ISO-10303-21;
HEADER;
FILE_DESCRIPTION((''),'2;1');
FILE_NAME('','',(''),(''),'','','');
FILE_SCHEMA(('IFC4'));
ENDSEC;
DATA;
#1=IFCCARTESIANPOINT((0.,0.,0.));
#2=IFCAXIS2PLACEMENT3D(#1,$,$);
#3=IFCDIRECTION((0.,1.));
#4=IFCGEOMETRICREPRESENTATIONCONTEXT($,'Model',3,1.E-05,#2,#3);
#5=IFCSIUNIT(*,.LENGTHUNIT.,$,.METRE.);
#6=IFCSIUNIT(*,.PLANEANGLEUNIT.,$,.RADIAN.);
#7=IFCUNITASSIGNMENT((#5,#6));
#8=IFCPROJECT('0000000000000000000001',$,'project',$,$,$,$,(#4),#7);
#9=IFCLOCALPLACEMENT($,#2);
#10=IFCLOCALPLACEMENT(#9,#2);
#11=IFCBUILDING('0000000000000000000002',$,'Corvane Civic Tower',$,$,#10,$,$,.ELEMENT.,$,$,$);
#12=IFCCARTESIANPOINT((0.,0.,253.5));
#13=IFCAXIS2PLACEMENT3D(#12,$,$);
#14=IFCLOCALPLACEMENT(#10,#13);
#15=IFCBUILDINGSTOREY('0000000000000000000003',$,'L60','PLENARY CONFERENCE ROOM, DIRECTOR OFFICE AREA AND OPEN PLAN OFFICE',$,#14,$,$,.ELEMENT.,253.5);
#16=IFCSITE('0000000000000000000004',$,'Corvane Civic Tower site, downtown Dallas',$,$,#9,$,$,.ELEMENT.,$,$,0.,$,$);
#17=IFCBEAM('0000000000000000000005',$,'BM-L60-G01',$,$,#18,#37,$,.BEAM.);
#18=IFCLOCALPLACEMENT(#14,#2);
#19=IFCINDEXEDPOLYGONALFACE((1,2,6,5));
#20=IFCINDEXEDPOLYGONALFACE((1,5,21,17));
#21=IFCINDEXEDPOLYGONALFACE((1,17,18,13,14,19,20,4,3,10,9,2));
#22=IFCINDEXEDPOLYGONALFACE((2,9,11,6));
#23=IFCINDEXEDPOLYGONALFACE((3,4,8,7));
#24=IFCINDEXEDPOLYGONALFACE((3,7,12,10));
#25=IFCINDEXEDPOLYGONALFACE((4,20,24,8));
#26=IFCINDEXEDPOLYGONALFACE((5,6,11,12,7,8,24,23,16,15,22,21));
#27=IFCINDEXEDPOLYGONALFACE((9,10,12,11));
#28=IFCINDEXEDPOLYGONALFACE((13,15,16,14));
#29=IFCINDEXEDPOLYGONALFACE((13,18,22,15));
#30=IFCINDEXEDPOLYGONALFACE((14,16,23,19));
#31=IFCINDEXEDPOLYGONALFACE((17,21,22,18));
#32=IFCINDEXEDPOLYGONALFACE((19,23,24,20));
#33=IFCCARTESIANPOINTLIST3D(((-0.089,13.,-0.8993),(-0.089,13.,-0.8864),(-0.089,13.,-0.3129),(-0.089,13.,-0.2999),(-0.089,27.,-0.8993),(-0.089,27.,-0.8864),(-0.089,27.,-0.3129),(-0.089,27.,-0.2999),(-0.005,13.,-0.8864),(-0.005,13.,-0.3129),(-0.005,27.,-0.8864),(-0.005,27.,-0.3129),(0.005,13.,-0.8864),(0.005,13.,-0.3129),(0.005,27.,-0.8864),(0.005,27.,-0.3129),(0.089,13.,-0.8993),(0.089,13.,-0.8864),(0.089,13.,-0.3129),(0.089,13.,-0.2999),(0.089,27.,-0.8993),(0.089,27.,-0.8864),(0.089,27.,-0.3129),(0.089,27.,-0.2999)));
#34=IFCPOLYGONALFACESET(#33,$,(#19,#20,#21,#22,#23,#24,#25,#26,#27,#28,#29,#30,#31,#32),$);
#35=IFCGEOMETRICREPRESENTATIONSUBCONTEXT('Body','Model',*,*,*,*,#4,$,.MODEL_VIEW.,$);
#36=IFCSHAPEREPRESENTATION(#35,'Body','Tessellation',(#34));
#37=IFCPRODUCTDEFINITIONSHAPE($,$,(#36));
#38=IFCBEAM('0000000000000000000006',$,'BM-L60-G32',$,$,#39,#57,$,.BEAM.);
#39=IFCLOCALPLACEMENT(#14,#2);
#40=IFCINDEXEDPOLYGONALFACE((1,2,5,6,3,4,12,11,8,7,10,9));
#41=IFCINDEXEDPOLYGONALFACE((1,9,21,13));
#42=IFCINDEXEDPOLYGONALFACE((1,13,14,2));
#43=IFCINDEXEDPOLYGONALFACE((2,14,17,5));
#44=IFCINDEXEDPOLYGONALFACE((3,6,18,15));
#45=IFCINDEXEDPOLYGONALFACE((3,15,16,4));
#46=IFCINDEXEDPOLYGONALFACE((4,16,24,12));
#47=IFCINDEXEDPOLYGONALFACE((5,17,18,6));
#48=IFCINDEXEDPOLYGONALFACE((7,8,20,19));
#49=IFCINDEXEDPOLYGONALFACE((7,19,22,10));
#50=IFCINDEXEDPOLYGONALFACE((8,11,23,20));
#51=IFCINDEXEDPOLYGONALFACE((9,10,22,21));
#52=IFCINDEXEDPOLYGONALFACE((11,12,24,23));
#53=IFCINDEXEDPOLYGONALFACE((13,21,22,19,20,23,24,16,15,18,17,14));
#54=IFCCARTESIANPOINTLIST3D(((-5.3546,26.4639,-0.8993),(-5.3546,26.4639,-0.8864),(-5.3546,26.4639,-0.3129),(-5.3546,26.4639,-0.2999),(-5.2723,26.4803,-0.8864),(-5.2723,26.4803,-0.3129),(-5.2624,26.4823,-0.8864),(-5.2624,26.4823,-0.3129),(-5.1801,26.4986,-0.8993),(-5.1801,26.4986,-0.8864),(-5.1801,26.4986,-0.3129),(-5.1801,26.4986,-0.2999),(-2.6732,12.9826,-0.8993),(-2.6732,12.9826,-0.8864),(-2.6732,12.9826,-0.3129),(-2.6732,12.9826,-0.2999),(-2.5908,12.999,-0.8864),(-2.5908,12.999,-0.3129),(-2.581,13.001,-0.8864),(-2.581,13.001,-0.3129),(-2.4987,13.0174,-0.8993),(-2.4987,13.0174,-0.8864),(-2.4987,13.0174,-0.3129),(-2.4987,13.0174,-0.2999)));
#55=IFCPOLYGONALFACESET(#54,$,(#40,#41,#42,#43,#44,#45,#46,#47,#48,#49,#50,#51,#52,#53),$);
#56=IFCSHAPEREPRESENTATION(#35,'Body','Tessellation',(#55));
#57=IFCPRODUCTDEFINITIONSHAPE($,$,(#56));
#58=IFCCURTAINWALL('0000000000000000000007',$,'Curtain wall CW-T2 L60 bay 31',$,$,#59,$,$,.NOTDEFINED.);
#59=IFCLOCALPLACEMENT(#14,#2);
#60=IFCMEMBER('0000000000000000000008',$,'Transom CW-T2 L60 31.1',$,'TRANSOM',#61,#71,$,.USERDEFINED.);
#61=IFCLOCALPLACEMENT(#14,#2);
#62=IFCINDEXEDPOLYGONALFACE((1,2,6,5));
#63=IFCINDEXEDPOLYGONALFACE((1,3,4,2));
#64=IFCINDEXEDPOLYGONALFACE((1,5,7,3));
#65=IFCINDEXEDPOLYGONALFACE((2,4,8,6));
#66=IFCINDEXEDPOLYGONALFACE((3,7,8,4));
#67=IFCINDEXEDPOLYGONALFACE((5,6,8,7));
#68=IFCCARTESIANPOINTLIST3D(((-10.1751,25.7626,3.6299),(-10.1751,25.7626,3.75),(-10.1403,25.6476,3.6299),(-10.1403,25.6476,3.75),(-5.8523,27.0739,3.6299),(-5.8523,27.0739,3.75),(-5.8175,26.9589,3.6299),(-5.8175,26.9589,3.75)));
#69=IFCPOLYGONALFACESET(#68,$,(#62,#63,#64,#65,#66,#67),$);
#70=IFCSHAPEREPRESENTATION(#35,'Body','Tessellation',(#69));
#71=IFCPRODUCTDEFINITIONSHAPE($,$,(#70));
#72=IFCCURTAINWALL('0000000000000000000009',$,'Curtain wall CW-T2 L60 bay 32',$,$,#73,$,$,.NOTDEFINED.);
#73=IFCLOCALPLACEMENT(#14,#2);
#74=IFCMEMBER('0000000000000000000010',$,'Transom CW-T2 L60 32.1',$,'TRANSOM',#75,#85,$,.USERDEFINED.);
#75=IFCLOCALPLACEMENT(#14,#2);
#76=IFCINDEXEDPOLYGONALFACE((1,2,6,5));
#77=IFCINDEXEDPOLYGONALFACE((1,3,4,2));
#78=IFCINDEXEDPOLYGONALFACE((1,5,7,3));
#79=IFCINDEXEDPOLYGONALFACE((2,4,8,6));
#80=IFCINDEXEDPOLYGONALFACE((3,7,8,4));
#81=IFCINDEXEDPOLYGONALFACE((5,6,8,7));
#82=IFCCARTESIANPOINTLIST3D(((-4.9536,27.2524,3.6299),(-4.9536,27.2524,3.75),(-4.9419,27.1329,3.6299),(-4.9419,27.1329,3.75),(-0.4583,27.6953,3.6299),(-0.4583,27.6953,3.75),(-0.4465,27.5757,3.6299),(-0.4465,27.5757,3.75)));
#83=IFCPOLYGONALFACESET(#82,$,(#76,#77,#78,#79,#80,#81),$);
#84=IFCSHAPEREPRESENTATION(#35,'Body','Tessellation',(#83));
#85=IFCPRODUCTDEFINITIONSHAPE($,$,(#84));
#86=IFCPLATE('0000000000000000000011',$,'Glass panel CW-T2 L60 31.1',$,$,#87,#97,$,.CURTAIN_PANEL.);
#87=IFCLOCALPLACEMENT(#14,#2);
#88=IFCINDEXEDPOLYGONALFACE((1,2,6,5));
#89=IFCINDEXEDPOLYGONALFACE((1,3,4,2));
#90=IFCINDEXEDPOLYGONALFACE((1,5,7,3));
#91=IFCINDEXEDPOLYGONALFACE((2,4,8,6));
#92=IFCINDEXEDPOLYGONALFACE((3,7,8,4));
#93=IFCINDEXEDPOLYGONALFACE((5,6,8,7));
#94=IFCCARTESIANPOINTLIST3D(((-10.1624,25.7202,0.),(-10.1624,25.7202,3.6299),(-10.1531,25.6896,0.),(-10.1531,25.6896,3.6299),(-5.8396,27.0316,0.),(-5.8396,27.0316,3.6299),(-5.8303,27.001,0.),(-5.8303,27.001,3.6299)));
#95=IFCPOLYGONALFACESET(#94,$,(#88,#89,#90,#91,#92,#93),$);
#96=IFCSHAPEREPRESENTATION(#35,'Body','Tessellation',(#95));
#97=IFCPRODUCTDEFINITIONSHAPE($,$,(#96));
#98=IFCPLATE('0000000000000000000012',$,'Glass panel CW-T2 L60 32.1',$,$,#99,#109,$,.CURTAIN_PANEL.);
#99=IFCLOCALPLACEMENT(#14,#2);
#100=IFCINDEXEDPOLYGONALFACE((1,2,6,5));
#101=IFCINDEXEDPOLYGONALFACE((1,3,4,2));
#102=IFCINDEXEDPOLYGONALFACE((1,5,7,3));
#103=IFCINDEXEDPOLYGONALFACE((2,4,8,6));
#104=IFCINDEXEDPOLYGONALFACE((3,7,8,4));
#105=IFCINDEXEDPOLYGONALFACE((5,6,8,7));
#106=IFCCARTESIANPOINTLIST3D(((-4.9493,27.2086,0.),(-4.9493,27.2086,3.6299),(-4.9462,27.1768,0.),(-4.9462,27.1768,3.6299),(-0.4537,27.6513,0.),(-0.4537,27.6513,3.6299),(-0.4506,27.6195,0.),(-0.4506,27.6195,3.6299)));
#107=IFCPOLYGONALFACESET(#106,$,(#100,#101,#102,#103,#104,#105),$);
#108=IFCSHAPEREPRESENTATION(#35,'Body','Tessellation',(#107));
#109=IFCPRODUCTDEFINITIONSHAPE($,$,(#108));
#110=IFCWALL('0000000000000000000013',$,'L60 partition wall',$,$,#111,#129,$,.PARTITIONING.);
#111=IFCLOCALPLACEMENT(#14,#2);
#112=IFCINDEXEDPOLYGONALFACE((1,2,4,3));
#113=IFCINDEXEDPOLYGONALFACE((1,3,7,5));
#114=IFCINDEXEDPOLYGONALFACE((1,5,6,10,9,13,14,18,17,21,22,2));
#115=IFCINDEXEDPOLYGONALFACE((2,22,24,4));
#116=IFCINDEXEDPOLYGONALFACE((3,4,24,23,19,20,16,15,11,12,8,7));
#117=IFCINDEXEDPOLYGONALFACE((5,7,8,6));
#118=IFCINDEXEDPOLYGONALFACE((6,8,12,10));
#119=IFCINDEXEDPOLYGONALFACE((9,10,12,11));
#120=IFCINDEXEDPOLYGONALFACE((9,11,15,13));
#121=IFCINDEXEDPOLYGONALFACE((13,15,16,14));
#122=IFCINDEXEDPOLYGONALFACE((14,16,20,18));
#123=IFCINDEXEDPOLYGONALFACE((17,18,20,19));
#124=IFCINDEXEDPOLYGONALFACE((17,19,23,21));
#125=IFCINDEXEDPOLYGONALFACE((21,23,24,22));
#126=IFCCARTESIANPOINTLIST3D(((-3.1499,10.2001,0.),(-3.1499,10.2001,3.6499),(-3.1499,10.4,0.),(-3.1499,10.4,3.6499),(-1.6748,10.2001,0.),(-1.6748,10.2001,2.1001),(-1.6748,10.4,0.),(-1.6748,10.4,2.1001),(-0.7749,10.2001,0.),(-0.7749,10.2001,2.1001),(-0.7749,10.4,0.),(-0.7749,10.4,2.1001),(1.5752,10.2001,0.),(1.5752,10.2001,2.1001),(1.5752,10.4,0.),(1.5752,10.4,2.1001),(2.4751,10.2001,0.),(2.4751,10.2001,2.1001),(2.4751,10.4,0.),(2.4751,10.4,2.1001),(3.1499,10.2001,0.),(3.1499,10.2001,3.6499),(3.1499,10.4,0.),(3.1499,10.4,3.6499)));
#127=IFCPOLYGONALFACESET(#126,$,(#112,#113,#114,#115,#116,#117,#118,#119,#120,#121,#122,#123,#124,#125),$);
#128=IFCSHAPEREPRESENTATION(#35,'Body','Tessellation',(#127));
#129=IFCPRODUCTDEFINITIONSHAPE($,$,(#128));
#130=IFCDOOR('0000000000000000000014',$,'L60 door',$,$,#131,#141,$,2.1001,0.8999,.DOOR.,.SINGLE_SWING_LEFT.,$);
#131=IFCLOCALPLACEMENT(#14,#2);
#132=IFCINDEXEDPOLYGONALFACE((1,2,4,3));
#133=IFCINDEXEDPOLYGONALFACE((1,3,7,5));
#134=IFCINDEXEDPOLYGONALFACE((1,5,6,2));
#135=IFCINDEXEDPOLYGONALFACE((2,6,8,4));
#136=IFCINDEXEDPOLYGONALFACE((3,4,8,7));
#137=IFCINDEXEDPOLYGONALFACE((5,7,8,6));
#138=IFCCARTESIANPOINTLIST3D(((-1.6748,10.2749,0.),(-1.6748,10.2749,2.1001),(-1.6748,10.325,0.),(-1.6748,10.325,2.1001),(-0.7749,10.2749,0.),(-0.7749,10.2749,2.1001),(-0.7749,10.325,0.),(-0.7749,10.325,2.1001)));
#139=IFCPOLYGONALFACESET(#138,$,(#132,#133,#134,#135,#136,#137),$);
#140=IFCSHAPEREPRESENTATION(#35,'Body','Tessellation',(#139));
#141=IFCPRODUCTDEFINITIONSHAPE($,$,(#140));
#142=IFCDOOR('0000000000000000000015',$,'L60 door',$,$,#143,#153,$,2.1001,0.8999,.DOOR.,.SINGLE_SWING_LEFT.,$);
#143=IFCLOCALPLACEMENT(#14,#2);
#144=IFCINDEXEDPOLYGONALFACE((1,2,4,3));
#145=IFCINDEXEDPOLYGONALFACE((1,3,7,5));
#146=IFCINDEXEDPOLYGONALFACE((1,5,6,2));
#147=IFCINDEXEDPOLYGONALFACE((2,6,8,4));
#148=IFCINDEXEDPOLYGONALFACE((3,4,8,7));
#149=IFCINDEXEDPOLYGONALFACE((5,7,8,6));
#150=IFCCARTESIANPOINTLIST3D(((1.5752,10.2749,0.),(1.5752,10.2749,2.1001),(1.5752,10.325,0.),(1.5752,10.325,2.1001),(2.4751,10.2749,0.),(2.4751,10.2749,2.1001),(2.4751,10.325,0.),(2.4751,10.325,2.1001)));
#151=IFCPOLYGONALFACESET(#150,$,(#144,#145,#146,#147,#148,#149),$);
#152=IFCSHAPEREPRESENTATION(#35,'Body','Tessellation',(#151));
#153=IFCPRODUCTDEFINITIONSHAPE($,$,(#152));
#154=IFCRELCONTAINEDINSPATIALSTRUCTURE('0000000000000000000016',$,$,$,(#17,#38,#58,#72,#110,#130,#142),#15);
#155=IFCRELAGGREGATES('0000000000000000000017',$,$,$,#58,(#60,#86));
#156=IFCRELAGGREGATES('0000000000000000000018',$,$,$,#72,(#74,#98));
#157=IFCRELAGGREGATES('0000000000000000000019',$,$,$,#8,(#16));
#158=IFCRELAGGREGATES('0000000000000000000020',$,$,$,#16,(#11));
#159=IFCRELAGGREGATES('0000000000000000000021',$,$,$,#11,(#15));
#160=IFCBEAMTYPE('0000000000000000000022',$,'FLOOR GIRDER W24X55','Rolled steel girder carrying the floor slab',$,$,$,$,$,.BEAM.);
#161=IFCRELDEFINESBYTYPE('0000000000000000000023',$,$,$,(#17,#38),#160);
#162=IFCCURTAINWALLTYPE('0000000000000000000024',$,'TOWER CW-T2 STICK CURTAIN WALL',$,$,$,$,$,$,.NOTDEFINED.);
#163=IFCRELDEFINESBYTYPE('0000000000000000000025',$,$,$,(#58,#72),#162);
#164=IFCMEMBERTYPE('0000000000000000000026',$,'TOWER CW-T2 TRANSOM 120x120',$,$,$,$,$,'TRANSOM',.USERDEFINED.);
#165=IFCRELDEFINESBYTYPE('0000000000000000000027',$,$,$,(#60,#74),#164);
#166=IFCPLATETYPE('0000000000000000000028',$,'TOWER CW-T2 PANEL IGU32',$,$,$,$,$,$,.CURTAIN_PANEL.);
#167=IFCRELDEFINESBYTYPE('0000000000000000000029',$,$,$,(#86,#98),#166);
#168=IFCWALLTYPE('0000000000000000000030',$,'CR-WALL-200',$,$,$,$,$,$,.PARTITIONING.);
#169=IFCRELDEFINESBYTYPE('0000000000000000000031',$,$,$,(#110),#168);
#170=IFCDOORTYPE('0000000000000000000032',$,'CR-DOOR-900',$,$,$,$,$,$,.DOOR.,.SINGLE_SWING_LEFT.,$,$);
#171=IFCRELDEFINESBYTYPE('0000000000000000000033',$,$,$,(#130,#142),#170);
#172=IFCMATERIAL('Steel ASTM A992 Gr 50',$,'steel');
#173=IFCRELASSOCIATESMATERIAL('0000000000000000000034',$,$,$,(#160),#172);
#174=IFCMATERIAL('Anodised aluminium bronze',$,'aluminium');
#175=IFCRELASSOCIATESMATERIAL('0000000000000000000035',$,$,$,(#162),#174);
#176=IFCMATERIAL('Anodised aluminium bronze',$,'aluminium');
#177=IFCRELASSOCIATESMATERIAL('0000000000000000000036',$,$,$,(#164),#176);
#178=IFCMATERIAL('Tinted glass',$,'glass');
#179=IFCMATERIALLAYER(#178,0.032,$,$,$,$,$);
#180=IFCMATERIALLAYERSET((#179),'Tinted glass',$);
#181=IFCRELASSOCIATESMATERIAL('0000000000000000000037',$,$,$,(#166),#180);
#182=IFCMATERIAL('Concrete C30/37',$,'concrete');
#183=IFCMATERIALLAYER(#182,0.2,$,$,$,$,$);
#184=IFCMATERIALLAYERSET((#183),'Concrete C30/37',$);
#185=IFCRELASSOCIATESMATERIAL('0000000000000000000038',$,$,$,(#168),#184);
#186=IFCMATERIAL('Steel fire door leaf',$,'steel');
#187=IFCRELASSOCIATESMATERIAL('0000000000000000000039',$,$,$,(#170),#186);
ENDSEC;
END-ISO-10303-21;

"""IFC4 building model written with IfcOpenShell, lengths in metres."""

from ifc_helpers import new_model, si_unit, direction, frame, frame_2d, origin, origin_2d, place, context, subcontext, project, spatial, rectangle, i_section, extrude, material, layer, layer_set, material_profile, profile_set, type_object, element, fill, aggregate, save


model = new_model("IFC4")

# Units and contexts
model_context = context("Model", 3, precision=1e-05, world=origin(), true_north=direction((0.0, 1.0)))
body_context = subcontext(model_context, "Body", "Model", "MODEL_VIEW")
ifc_project = project(units=[si_unit("LENGTHUNIT", "METRE"), si_unit("PLANEANGLEUNIT", "RADIAN")], contexts=[model_context])

# Site, building, storey
site_placement = place(None, origin())
site = spatial("IfcSite", under=ifc_project, at=site_placement, Name="Corvane Civic Tower site, downtown Dallas", CompositionType="ELEMENT", RefElevation=0.0)
building_placement = place(site_placement, origin())
building = spatial("IfcBuilding", under=site, at=building_placement, Name="Corvane Civic Tower", CompositionType="ELEMENT")
storey_placement = place(building_placement, frame((0.0, 0.0, 253.5)))
storey = spatial("IfcBuildingStorey", under=building, at=storey_placement, Name="L60", Description="PLENARY CONFERENCE ROOM, DIRECTOR OFFICE AREA AND OPEN PLAN OFFICE", CompositionType="ELEMENT", Elevation=253.5)

# Beams
ifc_material_1 = material(Name="Steel ASTM A992 Gr 50", Category="steel")
ifc_material_profile_1 = material_profile(ifc_material_1, i_section(OverallWidth=0.178, OverallDepth=0.5994, WebThickness=0.01, FlangeThickness=0.0129, at=origin_2d()), Name="W24X55")
ifc_profile_set_1 = profile_set([ifc_material_profile_1], Name="Steel ASTM A992 Gr 50")
beam_type_1 = type_object("IfcBeamType", Name="FLOOR GIRDER W24X55", Description="Rolled steel girder carrying the floor slab", PredefinedType="BEAM", material=ifc_profile_set_1)
beam_1_placement = place(storey_placement, frame((0.0, 13.0, -0.5996), z_axis=(0.0, 1.0, 0.0), x_axis=(-1.0, 0.0, 0.0)))
element("IfcBeam", 1, at=beam_1_placement, inside=storey, type_object=beam_type_1, Name="BM-L60-G01", PredefinedType="BEAM", context=body_context, shape_type="SweptSolid", body=[
    extrude(i_section(OverallWidth=0.178, OverallDepth=0.5994, WebThickness=0.01, FlangeThickness=0.0129, at=origin_2d()), origin(), (0.0, 0.0, 1.0), 14.0),
])
beam_2_placement = place(storey_placement, frame((-2.5859, 13.0, -0.5996), z_axis=(-0.195078, 0.980788, 0.0), x_axis=(-0.980788, -0.195078, 0.0)))
element("IfcBeam", 2, at=beam_2_placement, inside=storey, type_object=beam_type_1, Name="BM-L60-G32", PredefinedType="BEAM", context=body_context, shape_type="SweptSolid", body=[
    extrude(i_section(OverallWidth=0.178, OverallDepth=0.5994, WebThickness=0.01, FlangeThickness=0.0129, at=origin_2d()), origin(), (0.0, 0.0, 1.0), 13.7454),
])

# Curtain walls, members
ifc_material_2 = material(Name="Anodised aluminium bronze", Category="aluminium")
curtain_wall_type = type_object("IfcCurtainWallType", Name="TOWER CW-T2 STICK CURTAIN WALL", PredefinedType="NOTDEFINED", material=ifc_material_2)
curtain_wall_1_placement = place(storey_placement, origin())
curtain_wall_1 = element("IfcCurtainWall", 3, at=curtain_wall_1_placement, inside=storey, type_object=curtain_wall_type, Name="Curtain wall CW-T2 L60 bay 31", PredefinedType="NOTDEFINED")
ifc_material_3 = material(Name="Anodised aluminium bronze", Category="aluminium")
ifc_material_profile_2 = material_profile(ifc_material_3, rectangle(XDim=0.1201, YDim=0.1201, at=origin_2d()), Name="TOWER CW-T2 TRANSOM 120x120")
ifc_profile_set_2 = profile_set([ifc_material_profile_2], Name="Anodised aluminium bronze")
member_type = type_object("IfcMemberType", Name="TOWER CW-T2 TRANSOM 120x120", ElementType="TRANSOM", PredefinedType="USERDEFINED", material=ifc_profile_set_2)
member_1_placement = place(storey_placement, frame((-10.1577, 25.7051, 3.6899), z_axis=(0.956941, 0.290282, 0.0), x_axis=(-0.290282, 0.956941, 0.0)))
member_1 = element("IfcMember", 4, at=member_1_placement, type_object=member_type, Name="Transom CW-T2 L60 31.1", ObjectType="TRANSOM", PredefinedType="USERDEFINED", context=body_context, shape_type="SweptSolid", body=[
    extrude(rectangle(XDim=0.1201, YDim=0.1201, at=origin_2d()), origin(), (0.0, 0.0, 1.0), 4.5173),
])
curtain_wall_2_placement = place(storey_placement, origin())
curtain_wall_2 = element("IfcCurtainWall", 5, at=curtain_wall_2_placement, inside=storey, type_object=curtain_wall_type, Name="Curtain wall CW-T2 L60 bay 32", PredefinedType="NOTDEFINED")
member_2_placement = place(storey_placement, frame((-4.9478, 27.1926, 3.6899), z_axis=(0.995182, 0.098043, 0.0), x_axis=(-0.098043, 0.995182, 0.0)))
member_2 = element("IfcMember", 6, at=member_2_placement, type_object=member_type, Name="Transom CW-T2 L60 32.1", ObjectType="TRANSOM", PredefinedType="USERDEFINED", context=body_context, shape_type="SweptSolid", body=[
    extrude(rectangle(XDim=0.1201, YDim=0.1201, at=origin_2d()), origin(), (0.0, 0.0, 1.0), 4.5171),
])

# Plates
ifc_material_4 = material(Name="Tinted glass", Category="glass")
ifc_layer_1 = layer(ifc_material_4, 0.032)
ifc_layer_set_1 = layer_set([ifc_layer_1], Name="Tinted glass")
plate_type = type_object("IfcPlateType", Name="TOWER CW-T2 PANEL IGU32", PredefinedType="CURTAIN_PANEL", material=ifc_layer_set_1)
plate_1_placement = place(storey_placement, frame((-7.9963, 26.3606, 0.0), z_axis=(0.0, 0.0, 1.0), x_axis=(0.956939, 0.29029, 0.0)))
plate_1 = element("IfcPlate", 7, at=plate_1_placement, type_object=plate_type, Name="Glass panel CW-T2 L60 31.1", PredefinedType="CURTAIN_PANEL", context=body_context, shape_type="SweptSolid", body=[
    extrude(rectangle(XDim=4.5173, YDim=0.032, at=origin_2d()), origin(), (0.0, 0.0, 1.0), 3.6299),
])
aggregate(curtain_wall_1, [member_1, plate_1])
plate_2_placement = place(storey_placement, frame((-2.7, 27.4141, 0.0), z_axis=(0.0, 0.0, 1.0), x_axis=(0.995187, 0.097993, 0.0)))
plate_2 = element("IfcPlate", 8, at=plate_2_placement, type_object=plate_type, Name="Glass panel CW-T2 L60 32.1", PredefinedType="CURTAIN_PANEL", context=body_context, shape_type="SweptSolid", body=[
    extrude(rectangle(XDim=4.5173, YDim=0.032, at=origin_2d()), origin(), (0.0, 0.0, 1.0), 3.6299),
])
aggregate(curtain_wall_2, [member_2, plate_2])

# Wall, openings, doors
ifc_material_5 = material(Name="Concrete C30/37", Category="concrete")
ifc_layer_2 = layer(ifc_material_5, 0.2)
ifc_layer_set_2 = layer_set([ifc_layer_2], Name="Concrete C30/37")
wall_type = type_object("IfcWallType", Name="CR-WALL-200", PredefinedType="PARTITIONING", material=ifc_layer_set_2)
wall_placement = place(storey_placement, frame((-3.1499, 10.3, 0.0), z_axis=(0.0, 0.0, 1.0), x_axis=(1.0, 0.0, 0.0)))
wall = element("IfcWall", 9, at=wall_placement, inside=storey, type_object=wall_type, Name="L60 partition wall", PredefinedType="PARTITIONING", context=body_context, shape_type="SweptSolid", body=[
    extrude(rectangle(XDim=6.2998, YDim=0.2, at=frame_2d((3.1499, 0.0))), origin(), (0.0, 0.0, 1.0), 3.6499),
])
opening_1_placement = place(wall_placement, frame((1.4751, 0.0, 0.0)))
opening_1 = element("IfcOpeningElement", 10, at=opening_1_placement, cuts=wall, PredefinedType="OPENING", context=body_context, shape_type="SweptSolid", body=[
    extrude(rectangle(XDim=0.8999, YDim=2.1001, at=frame_2d((0.45, 1.05))), frame((0.0, 0.1099, 0.0), z_axis=(0.0, -1.0, 0.0), x_axis=(1.0, 0.0, 0.0)), (0.0, 0.0, 1.0), 0.22),
])
opening_2_placement = place(wall_placement, frame((4.7251, 0.0, 0.0)))
opening_2 = element("IfcOpeningElement", 11, at=opening_2_placement, cuts=wall, PredefinedType="OPENING", context=body_context, shape_type="SweptSolid", body=[
    extrude(rectangle(XDim=0.8999, YDim=2.1001, at=frame_2d((0.45, 1.05))), frame((0.0, 0.1099, 0.0), z_axis=(0.0, -1.0, 0.0), x_axis=(1.0, 0.0, 0.0)), (0.0, 0.0, 1.0), 0.22),
])
ifc_material_6 = material(Name="Steel fire door leaf", Category="steel")
door_type = type_object("IfcDoorType", Name="CR-DOOR-900", OperationType="SINGLE_SWING_LEFT", PredefinedType="DOOR", material=ifc_material_6)
door_1_placement = place(opening_1_placement, origin())
door_1 = element("IfcDoor", 12, at=door_1_placement, inside=storey, type_object=door_type, Name="L60 door", OperationType="SINGLE_SWING_LEFT", OverallHeight=2.1001, OverallWidth=0.8999, PredefinedType="DOOR", context=body_context, shape_type="SweptSolid", body=[
    extrude(rectangle(XDim=0.8999, YDim=2.1001, at=frame_2d((0.45, 1.05))), frame((0.0, 0.0249, 0.0), z_axis=(0.0, -1.0, 0.0), x_axis=(1.0, 0.0, 0.0)), (0.0, 0.0, 1.0), 0.05),
])
fill(opening_1, door_1)
door_2_placement = place(opening_2_placement, origin())
door_2 = element("IfcDoor", 13, at=door_2_placement, inside=storey, type_object=door_type, Name="L60 door", OperationType="SINGLE_SWING_LEFT", OverallHeight=2.1001, OverallWidth=0.8999, PredefinedType="DOOR", context=body_context, shape_type="SweptSolid", body=[
    extrude(rectangle(XDim=0.8999, YDim=2.1001, at=frame_2d((0.45, 1.05))), frame((0.0, 0.0249, 0.0), z_axis=(0.0, -1.0, 0.0), x_axis=(1.0, 0.0, 0.0)), (0.0, 0.0, 1.0), 0.05),
])
fill(opening_2, door_2)

save(model, "model.ifc")
